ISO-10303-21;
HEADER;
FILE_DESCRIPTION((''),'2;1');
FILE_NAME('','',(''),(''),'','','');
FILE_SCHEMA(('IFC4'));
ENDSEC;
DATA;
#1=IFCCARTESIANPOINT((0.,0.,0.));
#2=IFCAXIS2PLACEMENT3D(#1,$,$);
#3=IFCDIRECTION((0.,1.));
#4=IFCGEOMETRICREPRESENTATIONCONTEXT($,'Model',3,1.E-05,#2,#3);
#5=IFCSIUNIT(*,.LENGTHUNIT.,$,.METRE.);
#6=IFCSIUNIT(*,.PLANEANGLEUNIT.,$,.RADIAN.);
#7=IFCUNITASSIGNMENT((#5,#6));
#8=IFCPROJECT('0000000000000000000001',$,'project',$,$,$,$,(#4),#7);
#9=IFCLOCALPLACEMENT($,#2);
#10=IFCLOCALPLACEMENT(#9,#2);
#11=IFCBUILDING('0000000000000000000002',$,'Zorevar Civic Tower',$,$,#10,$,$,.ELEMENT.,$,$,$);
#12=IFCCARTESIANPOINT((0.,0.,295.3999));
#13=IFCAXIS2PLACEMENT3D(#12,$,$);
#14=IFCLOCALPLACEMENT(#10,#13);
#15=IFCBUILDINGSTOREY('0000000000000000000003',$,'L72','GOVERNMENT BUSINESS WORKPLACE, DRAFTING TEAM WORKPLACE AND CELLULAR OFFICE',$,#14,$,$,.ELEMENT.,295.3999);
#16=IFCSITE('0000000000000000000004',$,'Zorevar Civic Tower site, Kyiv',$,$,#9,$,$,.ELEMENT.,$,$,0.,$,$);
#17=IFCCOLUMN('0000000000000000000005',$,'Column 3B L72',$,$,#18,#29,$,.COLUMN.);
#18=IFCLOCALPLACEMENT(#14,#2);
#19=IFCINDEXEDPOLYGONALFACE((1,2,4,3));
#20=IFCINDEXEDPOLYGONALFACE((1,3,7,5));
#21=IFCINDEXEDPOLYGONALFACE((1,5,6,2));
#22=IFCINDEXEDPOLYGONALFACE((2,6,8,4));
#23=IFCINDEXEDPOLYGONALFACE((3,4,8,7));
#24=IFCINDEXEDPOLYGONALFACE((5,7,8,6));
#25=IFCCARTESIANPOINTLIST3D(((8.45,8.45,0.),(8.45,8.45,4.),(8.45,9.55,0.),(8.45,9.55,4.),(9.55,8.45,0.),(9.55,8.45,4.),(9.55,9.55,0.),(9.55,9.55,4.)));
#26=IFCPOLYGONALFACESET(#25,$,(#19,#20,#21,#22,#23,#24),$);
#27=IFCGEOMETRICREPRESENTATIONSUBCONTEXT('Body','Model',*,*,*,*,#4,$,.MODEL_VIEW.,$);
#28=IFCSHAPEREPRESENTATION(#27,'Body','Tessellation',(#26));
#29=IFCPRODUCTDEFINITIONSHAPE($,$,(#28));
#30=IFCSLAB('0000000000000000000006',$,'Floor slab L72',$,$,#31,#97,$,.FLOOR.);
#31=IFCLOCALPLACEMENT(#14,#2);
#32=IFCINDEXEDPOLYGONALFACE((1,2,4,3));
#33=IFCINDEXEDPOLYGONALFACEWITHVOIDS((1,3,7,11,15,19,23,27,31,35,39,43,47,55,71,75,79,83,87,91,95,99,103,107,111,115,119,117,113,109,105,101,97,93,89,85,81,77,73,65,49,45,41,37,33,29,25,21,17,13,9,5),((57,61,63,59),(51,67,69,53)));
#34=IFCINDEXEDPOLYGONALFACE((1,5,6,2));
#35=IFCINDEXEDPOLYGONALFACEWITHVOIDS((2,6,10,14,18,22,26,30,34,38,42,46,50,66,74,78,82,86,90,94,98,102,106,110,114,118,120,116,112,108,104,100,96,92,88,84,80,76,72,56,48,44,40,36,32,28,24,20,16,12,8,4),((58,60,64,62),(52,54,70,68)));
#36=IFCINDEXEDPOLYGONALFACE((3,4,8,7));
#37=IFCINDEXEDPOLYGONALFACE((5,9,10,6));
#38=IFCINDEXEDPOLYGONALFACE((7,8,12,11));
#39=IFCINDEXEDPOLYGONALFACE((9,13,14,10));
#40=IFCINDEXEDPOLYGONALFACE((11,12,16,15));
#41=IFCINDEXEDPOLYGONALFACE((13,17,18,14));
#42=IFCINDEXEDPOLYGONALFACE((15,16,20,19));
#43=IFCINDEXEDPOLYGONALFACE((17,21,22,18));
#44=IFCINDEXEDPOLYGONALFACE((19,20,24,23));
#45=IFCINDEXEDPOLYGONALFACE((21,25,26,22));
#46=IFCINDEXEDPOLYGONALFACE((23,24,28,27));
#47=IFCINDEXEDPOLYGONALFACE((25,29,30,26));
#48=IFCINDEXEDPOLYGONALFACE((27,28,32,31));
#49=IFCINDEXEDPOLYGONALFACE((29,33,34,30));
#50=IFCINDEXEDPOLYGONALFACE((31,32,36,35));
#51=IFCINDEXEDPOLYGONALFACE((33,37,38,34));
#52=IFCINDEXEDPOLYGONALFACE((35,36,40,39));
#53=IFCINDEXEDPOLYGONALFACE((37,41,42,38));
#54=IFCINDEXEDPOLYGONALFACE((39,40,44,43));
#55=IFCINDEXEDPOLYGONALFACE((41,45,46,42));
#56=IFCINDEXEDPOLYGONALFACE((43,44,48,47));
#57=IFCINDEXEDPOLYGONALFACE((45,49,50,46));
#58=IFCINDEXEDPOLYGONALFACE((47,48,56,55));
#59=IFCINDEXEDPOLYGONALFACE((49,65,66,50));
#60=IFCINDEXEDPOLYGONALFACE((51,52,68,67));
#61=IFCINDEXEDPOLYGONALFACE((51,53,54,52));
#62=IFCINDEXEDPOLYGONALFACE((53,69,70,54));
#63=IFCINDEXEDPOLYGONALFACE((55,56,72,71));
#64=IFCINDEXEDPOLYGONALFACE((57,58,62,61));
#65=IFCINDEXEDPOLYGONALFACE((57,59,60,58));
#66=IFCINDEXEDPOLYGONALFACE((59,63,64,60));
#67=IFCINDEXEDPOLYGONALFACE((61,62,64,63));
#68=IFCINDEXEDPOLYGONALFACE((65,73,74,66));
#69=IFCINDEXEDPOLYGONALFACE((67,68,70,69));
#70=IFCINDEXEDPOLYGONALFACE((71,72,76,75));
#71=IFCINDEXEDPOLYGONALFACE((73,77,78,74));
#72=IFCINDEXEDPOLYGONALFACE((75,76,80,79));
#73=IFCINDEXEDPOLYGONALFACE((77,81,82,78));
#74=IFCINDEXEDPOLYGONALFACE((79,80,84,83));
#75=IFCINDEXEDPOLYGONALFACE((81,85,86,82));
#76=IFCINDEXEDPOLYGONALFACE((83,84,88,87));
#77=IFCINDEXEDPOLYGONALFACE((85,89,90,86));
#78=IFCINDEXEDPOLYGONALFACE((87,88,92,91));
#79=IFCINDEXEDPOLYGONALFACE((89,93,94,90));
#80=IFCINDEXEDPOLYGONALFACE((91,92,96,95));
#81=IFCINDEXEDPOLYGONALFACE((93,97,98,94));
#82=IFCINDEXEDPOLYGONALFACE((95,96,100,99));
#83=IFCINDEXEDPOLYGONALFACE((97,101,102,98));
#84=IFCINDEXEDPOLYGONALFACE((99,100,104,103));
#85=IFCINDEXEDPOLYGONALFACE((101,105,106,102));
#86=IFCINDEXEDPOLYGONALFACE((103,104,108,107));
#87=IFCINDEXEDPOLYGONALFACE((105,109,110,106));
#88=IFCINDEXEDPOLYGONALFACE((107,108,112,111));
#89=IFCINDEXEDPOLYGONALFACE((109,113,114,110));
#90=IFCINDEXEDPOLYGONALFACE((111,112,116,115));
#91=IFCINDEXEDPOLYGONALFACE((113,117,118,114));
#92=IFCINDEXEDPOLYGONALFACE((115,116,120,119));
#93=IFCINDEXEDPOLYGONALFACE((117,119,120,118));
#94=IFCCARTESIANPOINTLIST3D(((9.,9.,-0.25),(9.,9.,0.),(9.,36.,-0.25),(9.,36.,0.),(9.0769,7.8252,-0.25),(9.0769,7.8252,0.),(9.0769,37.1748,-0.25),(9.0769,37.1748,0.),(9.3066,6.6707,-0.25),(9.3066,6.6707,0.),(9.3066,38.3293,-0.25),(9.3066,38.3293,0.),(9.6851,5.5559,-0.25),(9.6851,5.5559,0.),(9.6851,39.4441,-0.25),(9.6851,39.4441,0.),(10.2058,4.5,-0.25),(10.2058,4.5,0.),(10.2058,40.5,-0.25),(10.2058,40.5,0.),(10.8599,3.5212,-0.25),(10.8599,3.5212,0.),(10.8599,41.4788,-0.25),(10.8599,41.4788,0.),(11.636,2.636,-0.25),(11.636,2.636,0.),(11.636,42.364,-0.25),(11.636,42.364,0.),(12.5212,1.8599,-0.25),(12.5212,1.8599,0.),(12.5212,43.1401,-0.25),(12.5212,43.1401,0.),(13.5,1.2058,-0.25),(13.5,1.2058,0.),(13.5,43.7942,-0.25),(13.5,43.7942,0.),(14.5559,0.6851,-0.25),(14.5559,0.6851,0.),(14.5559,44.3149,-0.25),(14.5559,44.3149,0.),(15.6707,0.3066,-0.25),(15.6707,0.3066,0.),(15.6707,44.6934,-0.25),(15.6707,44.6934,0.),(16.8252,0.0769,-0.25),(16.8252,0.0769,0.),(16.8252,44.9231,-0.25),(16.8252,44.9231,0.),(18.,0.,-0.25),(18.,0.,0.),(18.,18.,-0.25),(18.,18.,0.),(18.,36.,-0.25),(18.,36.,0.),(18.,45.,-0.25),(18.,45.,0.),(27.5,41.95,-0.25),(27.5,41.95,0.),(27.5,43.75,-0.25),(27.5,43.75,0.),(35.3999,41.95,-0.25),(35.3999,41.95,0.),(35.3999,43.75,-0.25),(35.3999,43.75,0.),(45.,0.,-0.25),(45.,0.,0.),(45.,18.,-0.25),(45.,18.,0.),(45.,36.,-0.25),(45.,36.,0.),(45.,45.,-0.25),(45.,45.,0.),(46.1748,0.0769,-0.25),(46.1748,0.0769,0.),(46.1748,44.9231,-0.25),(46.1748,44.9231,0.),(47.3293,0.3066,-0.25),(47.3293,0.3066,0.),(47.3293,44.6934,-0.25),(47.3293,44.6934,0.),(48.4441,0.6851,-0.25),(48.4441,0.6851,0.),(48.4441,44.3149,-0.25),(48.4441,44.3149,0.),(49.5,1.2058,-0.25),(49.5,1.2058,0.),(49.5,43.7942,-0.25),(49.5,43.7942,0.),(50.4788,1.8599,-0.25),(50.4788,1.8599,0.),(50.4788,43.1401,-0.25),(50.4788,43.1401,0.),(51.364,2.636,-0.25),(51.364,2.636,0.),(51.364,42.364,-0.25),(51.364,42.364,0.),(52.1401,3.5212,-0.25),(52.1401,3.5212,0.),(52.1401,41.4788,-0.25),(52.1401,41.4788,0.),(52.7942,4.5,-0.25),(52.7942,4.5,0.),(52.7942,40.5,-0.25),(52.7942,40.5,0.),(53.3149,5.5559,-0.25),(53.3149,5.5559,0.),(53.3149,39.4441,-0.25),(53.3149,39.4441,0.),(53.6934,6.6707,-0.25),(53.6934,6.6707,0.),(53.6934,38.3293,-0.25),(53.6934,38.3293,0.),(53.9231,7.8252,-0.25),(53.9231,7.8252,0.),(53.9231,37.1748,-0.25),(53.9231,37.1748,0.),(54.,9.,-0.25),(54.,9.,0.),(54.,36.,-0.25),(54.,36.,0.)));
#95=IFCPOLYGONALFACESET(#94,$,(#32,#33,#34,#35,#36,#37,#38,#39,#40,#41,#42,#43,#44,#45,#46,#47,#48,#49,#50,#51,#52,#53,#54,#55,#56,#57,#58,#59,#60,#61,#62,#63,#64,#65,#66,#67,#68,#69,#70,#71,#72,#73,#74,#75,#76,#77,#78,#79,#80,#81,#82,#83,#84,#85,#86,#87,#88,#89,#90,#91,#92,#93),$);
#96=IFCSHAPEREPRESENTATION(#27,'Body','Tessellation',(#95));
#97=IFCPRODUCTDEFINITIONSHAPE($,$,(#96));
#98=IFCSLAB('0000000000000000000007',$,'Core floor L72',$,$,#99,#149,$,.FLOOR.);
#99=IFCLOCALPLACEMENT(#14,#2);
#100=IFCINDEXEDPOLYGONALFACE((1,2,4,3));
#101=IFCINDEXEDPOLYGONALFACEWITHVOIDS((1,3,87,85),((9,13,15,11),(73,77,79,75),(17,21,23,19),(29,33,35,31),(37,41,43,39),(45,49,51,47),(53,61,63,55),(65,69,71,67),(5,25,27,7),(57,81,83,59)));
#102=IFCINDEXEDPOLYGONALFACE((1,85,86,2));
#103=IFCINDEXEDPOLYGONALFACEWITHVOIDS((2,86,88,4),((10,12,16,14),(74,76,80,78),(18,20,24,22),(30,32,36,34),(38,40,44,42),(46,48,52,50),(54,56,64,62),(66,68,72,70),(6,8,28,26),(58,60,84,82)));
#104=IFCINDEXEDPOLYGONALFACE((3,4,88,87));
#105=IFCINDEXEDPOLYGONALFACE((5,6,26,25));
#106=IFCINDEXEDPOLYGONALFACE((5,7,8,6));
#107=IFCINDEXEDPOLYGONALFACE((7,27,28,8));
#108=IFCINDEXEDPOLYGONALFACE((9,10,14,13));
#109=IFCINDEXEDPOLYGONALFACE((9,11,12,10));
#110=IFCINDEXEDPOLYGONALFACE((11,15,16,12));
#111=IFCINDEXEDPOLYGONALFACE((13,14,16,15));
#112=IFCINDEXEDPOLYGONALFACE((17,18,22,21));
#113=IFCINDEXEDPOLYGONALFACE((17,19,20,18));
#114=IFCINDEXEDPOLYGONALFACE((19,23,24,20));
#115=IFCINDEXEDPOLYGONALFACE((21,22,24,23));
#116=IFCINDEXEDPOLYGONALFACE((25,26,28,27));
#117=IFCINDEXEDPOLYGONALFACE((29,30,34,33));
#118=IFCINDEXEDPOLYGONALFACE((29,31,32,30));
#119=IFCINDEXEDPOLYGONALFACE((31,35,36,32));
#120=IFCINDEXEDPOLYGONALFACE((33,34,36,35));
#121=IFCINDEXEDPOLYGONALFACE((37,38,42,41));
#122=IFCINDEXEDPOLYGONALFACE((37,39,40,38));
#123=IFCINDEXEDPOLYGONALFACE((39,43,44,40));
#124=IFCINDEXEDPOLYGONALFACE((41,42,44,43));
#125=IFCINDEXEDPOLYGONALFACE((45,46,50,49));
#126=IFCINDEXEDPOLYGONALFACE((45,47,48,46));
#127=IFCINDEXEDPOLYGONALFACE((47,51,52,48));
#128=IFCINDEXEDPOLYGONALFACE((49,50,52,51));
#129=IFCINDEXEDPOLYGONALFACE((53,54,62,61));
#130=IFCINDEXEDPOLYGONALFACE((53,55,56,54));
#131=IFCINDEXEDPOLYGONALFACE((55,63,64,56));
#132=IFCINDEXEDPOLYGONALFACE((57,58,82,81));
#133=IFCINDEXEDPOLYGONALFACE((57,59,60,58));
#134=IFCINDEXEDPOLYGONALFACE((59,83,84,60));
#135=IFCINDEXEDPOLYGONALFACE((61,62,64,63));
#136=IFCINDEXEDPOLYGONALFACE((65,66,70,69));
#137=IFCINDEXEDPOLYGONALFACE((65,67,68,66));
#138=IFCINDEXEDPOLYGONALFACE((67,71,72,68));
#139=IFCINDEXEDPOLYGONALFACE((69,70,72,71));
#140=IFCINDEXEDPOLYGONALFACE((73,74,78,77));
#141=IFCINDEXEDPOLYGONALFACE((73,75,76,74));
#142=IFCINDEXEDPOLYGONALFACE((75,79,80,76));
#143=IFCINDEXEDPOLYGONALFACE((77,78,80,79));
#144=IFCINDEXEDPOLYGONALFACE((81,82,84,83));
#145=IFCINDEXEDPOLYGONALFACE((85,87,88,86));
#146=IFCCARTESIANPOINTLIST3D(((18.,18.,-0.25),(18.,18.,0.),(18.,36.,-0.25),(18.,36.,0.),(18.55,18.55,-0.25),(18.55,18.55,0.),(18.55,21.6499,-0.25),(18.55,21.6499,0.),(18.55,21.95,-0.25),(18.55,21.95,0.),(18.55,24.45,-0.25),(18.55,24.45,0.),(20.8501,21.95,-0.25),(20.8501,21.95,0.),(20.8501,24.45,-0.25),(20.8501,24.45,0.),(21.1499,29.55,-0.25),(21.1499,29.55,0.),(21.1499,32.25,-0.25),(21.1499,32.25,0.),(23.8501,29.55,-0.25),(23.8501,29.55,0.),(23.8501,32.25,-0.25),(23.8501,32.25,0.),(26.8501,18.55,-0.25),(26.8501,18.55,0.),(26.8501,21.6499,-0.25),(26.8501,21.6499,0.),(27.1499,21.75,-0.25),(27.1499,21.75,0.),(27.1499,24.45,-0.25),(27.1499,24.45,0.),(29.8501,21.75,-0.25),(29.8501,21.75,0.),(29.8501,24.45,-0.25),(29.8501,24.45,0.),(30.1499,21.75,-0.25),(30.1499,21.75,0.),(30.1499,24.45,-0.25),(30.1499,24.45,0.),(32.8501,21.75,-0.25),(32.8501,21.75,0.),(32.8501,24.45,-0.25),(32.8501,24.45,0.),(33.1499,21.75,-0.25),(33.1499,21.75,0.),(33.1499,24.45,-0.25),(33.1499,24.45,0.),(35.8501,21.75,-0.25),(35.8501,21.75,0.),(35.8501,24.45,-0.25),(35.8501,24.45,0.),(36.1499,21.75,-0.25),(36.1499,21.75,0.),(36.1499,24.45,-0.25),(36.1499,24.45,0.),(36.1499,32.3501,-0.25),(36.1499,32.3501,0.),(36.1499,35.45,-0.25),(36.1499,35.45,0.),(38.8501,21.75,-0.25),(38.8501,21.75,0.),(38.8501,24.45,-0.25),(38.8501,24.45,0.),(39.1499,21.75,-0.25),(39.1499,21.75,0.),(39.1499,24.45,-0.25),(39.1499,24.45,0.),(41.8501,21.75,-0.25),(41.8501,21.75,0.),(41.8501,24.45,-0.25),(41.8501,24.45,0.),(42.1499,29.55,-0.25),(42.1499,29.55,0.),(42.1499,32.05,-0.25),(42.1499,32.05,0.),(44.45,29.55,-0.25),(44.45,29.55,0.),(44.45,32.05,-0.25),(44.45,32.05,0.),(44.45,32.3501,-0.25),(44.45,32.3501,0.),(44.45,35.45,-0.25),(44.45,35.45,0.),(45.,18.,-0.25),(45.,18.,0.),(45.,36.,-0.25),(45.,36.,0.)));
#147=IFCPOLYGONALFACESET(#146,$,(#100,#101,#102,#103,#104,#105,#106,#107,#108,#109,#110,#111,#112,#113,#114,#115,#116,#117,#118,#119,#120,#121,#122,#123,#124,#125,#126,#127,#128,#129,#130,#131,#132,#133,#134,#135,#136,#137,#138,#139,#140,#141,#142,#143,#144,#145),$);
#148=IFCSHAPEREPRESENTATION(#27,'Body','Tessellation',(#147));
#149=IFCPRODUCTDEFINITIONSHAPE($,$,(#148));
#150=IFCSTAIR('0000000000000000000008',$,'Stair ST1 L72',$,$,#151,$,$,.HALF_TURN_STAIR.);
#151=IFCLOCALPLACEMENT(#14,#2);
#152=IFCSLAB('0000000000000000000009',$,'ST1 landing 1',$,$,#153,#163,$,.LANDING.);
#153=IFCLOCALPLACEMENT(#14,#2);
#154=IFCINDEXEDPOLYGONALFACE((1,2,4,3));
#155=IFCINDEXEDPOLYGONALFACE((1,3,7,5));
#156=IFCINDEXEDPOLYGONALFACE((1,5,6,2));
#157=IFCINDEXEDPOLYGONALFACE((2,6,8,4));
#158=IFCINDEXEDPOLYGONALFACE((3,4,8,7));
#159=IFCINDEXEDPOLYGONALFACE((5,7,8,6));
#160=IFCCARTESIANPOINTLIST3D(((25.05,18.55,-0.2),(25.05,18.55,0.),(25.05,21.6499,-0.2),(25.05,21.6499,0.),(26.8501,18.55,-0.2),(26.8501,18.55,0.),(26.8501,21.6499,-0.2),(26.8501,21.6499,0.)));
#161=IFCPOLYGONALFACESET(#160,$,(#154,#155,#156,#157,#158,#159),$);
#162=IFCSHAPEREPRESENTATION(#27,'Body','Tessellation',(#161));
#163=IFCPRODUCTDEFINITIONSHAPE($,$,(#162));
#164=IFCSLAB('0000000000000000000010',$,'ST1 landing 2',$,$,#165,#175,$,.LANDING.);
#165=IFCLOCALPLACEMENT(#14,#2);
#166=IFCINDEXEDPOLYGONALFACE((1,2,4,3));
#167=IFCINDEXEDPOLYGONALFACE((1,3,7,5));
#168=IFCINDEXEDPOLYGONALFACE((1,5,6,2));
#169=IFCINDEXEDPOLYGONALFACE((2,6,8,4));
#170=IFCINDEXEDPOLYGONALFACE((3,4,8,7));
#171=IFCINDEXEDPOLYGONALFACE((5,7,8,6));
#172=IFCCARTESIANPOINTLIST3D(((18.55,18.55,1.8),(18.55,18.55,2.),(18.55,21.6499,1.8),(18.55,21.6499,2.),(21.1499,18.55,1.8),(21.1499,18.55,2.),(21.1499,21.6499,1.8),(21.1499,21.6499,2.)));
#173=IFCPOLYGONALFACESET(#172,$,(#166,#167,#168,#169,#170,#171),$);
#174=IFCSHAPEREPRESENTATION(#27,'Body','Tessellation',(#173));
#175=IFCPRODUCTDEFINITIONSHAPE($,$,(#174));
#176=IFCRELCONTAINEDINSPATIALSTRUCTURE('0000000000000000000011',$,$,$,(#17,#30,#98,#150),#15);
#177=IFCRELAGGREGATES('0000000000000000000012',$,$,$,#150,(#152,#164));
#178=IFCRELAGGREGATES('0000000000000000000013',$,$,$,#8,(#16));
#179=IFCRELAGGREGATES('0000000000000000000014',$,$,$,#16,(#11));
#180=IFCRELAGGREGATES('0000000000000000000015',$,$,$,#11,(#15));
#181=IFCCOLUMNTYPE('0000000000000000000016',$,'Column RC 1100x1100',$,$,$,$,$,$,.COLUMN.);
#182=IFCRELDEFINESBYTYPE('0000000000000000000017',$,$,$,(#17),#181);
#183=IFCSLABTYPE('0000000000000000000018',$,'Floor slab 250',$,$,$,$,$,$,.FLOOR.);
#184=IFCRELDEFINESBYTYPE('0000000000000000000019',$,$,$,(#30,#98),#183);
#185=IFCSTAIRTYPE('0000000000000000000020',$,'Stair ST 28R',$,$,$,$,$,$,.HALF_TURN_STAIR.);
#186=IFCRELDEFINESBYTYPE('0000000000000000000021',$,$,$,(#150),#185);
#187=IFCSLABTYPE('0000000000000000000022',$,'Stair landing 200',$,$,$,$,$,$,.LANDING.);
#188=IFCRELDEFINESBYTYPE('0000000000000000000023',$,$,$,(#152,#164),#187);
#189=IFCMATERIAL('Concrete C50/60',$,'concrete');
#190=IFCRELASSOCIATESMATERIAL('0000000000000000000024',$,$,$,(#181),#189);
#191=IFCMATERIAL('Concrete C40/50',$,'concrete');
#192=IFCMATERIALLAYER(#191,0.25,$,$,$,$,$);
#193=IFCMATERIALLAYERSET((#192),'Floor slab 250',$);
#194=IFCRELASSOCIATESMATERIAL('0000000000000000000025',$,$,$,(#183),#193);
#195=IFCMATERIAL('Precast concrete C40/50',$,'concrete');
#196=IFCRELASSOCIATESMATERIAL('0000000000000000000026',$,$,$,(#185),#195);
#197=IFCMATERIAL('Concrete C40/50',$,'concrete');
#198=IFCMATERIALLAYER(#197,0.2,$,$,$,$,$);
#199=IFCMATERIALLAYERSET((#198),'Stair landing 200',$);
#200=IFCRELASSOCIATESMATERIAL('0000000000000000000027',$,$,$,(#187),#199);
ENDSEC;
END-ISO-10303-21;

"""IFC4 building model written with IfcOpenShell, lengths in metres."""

from ifc_helpers import new_model, si_unit, direction, frame, origin, origin_2d, place, context, subcontext, project, spatial, polyline, rectangle, outline, extrude, material, layer, layer_set, material_profile, profile_set, type_object, element, aggregate, save


model = new_model("IFC4")

# Units and contexts
model_context = context("Model", 3, precision=1e-05, world=origin(), true_north=direction((0.0, 1.0)))
body_context = subcontext(model_context, "Body", "Model", "MODEL_VIEW")
ifc_project = project(units=[si_unit("LENGTHUNIT", "METRE"), si_unit("PLANEANGLEUNIT", "RADIAN")], contexts=[model_context])

# Site, building, storey
site_placement = place(None, origin())
site = spatial("IfcSite", under=ifc_project, at=site_placement, Name="Zorevar Civic Tower site, Kyiv", CompositionType="ELEMENT", RefElevation=0.0)
building_placement = place(site_placement, origin())
building = spatial("IfcBuilding", under=site, at=building_placement, Name="Zorevar Civic Tower", CompositionType="ELEMENT")
storey_placement = place(building_placement, frame((0.0, 0.0, 295.3999)))
storey = spatial("IfcBuildingStorey", under=building, at=storey_placement, Name="L72", Description="GOVERNMENT BUSINESS WORKPLACE, DRAFTING TEAM WORKPLACE AND CELLULAR OFFICE", CompositionType="ELEMENT", Elevation=295.3999)

# Column
ifc_material_1 = material(Name="Concrete C50/60", Category="concrete")
ifc_material_profile = material_profile(ifc_material_1, rectangle(XDim=1.1001, YDim=1.1001, at=origin_2d()), Name="RC 1100x1100")
ifc_profile_set = profile_set([ifc_material_profile], Name="Concrete C50/60")
column_type = type_object("IfcColumnType", Name="Column RC 1100x1100", PredefinedType="COLUMN", material=ifc_profile_set)
column_placement = place(storey_placement, frame((9.0, 9.0, 0.0), z_axis=(0.0, 0.0, 1.0), x_axis=(1.0, 0.0, 0.0)))
element("IfcColumn", 1, at=column_placement, inside=storey, type_object=column_type, Name="Column 3B L72", PredefinedType="COLUMN", context=body_context, shape_type="SweptSolid", body=[
    extrude(rectangle(XDim=1.1001, YDim=1.1001, at=origin_2d()), origin(), (0.0, 0.0, 1.0), 4.0),
])

# Slabs
ifc_material_2 = material(Name="Concrete C40/50", Category="concrete")
ifc_layer_1 = layer(ifc_material_2, 0.25)
ifc_layer_set_1 = layer_set([ifc_layer_1], Name="Floor slab 250")
slab_type_1 = type_object("IfcSlabType", Name="Floor slab 250", PredefinedType="FLOOR", material=ifc_layer_set_1)
slab_1_placement = place(storey_placement, frame((0.0, 0.0, -0.25)))
element("IfcSlab", 2, at=slab_1_placement, inside=storey, type_object=slab_type_1, Name="Floor slab L72", PredefinedType="FLOOR", context=body_context, shape_type="SweptSolid", body=[
    extrude(outline(polyline([(45.0, 0.0), (46.1748, 0.0769), (47.3293, 0.3066), (48.4441, 0.6851), (49.5, 1.2058), (50.4788, 1.8599), (51.364, 2.636), (52.1401, 3.5212), (52.7942, 4.5), (53.3149, 5.5559), (53.6934, 6.6707), (53.9231, 7.8252), (54.0, 9.0), (54.0, 36.0), (53.9231, 37.1748), (53.6934, 38.3293), (53.3149, 39.4441), (52.7942, 40.5), (52.1401, 41.4788), (51.364, 42.364), (50.4788, 43.1401), (49.5, 43.7942), (48.4441, 44.3149), (47.3293, 44.6934), (46.1748, 44.9231), (45.0, 45.0), (18.0, 45.0), (16.8252, 44.9231), (15.6707, 44.6934), (14.5559, 44.3149), (13.5, 43.7942), (12.5212, 43.1401), (11.636, 42.364), (10.8599, 41.4788), (10.2058, 40.5), (9.6851, 39.4441), (9.3066, 38.3293), (9.0769, 37.1748), (9.0, 36.0), (9.0, 9.0), (9.0769, 7.8252), (9.3066, 6.6707), (9.6851, 5.5559), (10.2058, 4.5), (10.8599, 3.5212), (11.636, 2.636), (12.5212, 1.8599), (13.5, 1.2058), (14.5559, 0.6851), (15.6707, 0.3066), (16.8252, 0.0769), (18.0, 0.0), (45.0, 0.0)]), holes=[polyline([(18.0, 18.0), (45.0, 18.0), (45.0, 36.0), (18.0, 36.0), (18.0, 18.0)]), polyline([(27.5, 41.95), (35.3999, 41.95), (35.3999, 43.75), (27.5, 43.75), (27.5, 41.95)])]), origin(), (0.0, 0.0, 1.0), 0.25),
])
slab_2_placement = place(storey_placement, frame((0.0, 0.0, -0.25)))
element("IfcSlab", 3, at=slab_2_placement, inside=storey, type_object=slab_type_1, Name="Core floor L72", PredefinedType="FLOOR", context=body_context, shape_type="SweptSolid", body=[
    extrude(outline(polyline([(18.0, 18.0), (45.0, 18.0), (45.0, 36.0), (18.0, 36.0), (18.0, 18.0)]), holes=[polyline([(18.55, 18.55), (26.8501, 18.55), (26.8501, 21.6499), (18.55, 21.6499), (18.55, 18.55)]), polyline([(36.1499, 32.3501), (44.45, 32.3501), (44.45, 35.45), (36.1499, 35.45), (36.1499, 32.3501)]), polyline([(18.55, 21.95), (20.8501, 21.95), (20.8501, 24.45), (18.55, 24.45), (18.55, 21.95)]), polyline([(42.1499, 29.55), (44.45, 29.55), (44.45, 32.05), (42.1499, 32.05), (42.1499, 29.55)]), polyline([(27.1499, 21.75), (29.8501, 21.75), (29.8501, 24.45), (27.1499, 24.45), (27.1499, 21.75)]), polyline([(30.1499, 21.75), (32.8501, 21.75), (32.8501, 24.45), (30.1499, 24.45), (30.1499, 21.75)]), polyline([(33.1499, 21.75), (35.8501, 21.75), (35.8501, 24.45), (33.1499, 24.45), (33.1499, 21.75)]), polyline([(36.1499, 21.75), (38.8501, 21.75), (38.8501, 24.45), (36.1499, 24.45), (36.1499, 21.75)]), polyline([(39.1499, 21.75), (41.8501, 21.75), (41.8501, 24.45), (39.1499, 24.45), (39.1499, 21.75)]), polyline([(21.1499, 29.55), (23.8501, 29.55), (23.8501, 32.25), (21.1499, 32.25), (21.1499, 29.55)])]), origin(), (0.0, 0.0, 1.0), 0.25),
])

# Stair, slabs
ifc_material_3 = material(Name="Precast concrete C40/50", Category="concrete")
stair_type = type_object("IfcStairType", Name="Stair ST 28R", PredefinedType="HALF_TURN_STAIR", material=ifc_material_3)
stair_1_placement = place(storey_placement, origin())
stair_1 = element("IfcStair", 4, at=stair_1_placement, inside=storey, type_object=stair_type, Name="Stair ST1 L72", PredefinedType="HALF_TURN_STAIR")
ifc_material_4 = material(Name="Concrete C40/50", Category="concrete")
ifc_layer_2 = layer(ifc_material_4, 0.2)
ifc_layer_set_2 = layer_set([ifc_layer_2], Name="Stair landing 200")
slab_type_2 = type_object("IfcSlabType", Name="Stair landing 200", PredefinedType="LANDING", material=ifc_layer_set_2)
slab_3_placement = place(storey_placement, frame((0.0, 0.0, -0.2)))
slab_3 = element("IfcSlab", 5, at=slab_3_placement, type_object=slab_type_2, Name="ST1 landing 1", PredefinedType="LANDING", context=body_context, shape_type="SweptSolid", body=[
    extrude(outline(polyline([(25.05, 18.55), (26.8501, 18.55), (26.8501, 21.6499), (25.05, 21.6499), (25.05, 18.55)])), origin(), (0.0, 0.0, 1.0), 0.2),
])
slab_4_placement = place(storey_placement, frame((0.0, 0.0, 1.8)))
slab_4 = element("IfcSlab", 6, at=slab_4_placement, type_object=slab_type_2, Name="ST1 landing 2", PredefinedType="LANDING", context=body_context, shape_type="SweptSolid", body=[
    extrude(outline(polyline([(18.55, 18.55), (21.1499, 18.55), (21.1499, 21.6499), (18.55, 21.6499), (18.55, 18.55)])), origin(), (0.0, 0.0, 1.0), 0.2),
])
aggregate(stair_1, [slab_3, slab_4])

save(model, "model.ifc")
